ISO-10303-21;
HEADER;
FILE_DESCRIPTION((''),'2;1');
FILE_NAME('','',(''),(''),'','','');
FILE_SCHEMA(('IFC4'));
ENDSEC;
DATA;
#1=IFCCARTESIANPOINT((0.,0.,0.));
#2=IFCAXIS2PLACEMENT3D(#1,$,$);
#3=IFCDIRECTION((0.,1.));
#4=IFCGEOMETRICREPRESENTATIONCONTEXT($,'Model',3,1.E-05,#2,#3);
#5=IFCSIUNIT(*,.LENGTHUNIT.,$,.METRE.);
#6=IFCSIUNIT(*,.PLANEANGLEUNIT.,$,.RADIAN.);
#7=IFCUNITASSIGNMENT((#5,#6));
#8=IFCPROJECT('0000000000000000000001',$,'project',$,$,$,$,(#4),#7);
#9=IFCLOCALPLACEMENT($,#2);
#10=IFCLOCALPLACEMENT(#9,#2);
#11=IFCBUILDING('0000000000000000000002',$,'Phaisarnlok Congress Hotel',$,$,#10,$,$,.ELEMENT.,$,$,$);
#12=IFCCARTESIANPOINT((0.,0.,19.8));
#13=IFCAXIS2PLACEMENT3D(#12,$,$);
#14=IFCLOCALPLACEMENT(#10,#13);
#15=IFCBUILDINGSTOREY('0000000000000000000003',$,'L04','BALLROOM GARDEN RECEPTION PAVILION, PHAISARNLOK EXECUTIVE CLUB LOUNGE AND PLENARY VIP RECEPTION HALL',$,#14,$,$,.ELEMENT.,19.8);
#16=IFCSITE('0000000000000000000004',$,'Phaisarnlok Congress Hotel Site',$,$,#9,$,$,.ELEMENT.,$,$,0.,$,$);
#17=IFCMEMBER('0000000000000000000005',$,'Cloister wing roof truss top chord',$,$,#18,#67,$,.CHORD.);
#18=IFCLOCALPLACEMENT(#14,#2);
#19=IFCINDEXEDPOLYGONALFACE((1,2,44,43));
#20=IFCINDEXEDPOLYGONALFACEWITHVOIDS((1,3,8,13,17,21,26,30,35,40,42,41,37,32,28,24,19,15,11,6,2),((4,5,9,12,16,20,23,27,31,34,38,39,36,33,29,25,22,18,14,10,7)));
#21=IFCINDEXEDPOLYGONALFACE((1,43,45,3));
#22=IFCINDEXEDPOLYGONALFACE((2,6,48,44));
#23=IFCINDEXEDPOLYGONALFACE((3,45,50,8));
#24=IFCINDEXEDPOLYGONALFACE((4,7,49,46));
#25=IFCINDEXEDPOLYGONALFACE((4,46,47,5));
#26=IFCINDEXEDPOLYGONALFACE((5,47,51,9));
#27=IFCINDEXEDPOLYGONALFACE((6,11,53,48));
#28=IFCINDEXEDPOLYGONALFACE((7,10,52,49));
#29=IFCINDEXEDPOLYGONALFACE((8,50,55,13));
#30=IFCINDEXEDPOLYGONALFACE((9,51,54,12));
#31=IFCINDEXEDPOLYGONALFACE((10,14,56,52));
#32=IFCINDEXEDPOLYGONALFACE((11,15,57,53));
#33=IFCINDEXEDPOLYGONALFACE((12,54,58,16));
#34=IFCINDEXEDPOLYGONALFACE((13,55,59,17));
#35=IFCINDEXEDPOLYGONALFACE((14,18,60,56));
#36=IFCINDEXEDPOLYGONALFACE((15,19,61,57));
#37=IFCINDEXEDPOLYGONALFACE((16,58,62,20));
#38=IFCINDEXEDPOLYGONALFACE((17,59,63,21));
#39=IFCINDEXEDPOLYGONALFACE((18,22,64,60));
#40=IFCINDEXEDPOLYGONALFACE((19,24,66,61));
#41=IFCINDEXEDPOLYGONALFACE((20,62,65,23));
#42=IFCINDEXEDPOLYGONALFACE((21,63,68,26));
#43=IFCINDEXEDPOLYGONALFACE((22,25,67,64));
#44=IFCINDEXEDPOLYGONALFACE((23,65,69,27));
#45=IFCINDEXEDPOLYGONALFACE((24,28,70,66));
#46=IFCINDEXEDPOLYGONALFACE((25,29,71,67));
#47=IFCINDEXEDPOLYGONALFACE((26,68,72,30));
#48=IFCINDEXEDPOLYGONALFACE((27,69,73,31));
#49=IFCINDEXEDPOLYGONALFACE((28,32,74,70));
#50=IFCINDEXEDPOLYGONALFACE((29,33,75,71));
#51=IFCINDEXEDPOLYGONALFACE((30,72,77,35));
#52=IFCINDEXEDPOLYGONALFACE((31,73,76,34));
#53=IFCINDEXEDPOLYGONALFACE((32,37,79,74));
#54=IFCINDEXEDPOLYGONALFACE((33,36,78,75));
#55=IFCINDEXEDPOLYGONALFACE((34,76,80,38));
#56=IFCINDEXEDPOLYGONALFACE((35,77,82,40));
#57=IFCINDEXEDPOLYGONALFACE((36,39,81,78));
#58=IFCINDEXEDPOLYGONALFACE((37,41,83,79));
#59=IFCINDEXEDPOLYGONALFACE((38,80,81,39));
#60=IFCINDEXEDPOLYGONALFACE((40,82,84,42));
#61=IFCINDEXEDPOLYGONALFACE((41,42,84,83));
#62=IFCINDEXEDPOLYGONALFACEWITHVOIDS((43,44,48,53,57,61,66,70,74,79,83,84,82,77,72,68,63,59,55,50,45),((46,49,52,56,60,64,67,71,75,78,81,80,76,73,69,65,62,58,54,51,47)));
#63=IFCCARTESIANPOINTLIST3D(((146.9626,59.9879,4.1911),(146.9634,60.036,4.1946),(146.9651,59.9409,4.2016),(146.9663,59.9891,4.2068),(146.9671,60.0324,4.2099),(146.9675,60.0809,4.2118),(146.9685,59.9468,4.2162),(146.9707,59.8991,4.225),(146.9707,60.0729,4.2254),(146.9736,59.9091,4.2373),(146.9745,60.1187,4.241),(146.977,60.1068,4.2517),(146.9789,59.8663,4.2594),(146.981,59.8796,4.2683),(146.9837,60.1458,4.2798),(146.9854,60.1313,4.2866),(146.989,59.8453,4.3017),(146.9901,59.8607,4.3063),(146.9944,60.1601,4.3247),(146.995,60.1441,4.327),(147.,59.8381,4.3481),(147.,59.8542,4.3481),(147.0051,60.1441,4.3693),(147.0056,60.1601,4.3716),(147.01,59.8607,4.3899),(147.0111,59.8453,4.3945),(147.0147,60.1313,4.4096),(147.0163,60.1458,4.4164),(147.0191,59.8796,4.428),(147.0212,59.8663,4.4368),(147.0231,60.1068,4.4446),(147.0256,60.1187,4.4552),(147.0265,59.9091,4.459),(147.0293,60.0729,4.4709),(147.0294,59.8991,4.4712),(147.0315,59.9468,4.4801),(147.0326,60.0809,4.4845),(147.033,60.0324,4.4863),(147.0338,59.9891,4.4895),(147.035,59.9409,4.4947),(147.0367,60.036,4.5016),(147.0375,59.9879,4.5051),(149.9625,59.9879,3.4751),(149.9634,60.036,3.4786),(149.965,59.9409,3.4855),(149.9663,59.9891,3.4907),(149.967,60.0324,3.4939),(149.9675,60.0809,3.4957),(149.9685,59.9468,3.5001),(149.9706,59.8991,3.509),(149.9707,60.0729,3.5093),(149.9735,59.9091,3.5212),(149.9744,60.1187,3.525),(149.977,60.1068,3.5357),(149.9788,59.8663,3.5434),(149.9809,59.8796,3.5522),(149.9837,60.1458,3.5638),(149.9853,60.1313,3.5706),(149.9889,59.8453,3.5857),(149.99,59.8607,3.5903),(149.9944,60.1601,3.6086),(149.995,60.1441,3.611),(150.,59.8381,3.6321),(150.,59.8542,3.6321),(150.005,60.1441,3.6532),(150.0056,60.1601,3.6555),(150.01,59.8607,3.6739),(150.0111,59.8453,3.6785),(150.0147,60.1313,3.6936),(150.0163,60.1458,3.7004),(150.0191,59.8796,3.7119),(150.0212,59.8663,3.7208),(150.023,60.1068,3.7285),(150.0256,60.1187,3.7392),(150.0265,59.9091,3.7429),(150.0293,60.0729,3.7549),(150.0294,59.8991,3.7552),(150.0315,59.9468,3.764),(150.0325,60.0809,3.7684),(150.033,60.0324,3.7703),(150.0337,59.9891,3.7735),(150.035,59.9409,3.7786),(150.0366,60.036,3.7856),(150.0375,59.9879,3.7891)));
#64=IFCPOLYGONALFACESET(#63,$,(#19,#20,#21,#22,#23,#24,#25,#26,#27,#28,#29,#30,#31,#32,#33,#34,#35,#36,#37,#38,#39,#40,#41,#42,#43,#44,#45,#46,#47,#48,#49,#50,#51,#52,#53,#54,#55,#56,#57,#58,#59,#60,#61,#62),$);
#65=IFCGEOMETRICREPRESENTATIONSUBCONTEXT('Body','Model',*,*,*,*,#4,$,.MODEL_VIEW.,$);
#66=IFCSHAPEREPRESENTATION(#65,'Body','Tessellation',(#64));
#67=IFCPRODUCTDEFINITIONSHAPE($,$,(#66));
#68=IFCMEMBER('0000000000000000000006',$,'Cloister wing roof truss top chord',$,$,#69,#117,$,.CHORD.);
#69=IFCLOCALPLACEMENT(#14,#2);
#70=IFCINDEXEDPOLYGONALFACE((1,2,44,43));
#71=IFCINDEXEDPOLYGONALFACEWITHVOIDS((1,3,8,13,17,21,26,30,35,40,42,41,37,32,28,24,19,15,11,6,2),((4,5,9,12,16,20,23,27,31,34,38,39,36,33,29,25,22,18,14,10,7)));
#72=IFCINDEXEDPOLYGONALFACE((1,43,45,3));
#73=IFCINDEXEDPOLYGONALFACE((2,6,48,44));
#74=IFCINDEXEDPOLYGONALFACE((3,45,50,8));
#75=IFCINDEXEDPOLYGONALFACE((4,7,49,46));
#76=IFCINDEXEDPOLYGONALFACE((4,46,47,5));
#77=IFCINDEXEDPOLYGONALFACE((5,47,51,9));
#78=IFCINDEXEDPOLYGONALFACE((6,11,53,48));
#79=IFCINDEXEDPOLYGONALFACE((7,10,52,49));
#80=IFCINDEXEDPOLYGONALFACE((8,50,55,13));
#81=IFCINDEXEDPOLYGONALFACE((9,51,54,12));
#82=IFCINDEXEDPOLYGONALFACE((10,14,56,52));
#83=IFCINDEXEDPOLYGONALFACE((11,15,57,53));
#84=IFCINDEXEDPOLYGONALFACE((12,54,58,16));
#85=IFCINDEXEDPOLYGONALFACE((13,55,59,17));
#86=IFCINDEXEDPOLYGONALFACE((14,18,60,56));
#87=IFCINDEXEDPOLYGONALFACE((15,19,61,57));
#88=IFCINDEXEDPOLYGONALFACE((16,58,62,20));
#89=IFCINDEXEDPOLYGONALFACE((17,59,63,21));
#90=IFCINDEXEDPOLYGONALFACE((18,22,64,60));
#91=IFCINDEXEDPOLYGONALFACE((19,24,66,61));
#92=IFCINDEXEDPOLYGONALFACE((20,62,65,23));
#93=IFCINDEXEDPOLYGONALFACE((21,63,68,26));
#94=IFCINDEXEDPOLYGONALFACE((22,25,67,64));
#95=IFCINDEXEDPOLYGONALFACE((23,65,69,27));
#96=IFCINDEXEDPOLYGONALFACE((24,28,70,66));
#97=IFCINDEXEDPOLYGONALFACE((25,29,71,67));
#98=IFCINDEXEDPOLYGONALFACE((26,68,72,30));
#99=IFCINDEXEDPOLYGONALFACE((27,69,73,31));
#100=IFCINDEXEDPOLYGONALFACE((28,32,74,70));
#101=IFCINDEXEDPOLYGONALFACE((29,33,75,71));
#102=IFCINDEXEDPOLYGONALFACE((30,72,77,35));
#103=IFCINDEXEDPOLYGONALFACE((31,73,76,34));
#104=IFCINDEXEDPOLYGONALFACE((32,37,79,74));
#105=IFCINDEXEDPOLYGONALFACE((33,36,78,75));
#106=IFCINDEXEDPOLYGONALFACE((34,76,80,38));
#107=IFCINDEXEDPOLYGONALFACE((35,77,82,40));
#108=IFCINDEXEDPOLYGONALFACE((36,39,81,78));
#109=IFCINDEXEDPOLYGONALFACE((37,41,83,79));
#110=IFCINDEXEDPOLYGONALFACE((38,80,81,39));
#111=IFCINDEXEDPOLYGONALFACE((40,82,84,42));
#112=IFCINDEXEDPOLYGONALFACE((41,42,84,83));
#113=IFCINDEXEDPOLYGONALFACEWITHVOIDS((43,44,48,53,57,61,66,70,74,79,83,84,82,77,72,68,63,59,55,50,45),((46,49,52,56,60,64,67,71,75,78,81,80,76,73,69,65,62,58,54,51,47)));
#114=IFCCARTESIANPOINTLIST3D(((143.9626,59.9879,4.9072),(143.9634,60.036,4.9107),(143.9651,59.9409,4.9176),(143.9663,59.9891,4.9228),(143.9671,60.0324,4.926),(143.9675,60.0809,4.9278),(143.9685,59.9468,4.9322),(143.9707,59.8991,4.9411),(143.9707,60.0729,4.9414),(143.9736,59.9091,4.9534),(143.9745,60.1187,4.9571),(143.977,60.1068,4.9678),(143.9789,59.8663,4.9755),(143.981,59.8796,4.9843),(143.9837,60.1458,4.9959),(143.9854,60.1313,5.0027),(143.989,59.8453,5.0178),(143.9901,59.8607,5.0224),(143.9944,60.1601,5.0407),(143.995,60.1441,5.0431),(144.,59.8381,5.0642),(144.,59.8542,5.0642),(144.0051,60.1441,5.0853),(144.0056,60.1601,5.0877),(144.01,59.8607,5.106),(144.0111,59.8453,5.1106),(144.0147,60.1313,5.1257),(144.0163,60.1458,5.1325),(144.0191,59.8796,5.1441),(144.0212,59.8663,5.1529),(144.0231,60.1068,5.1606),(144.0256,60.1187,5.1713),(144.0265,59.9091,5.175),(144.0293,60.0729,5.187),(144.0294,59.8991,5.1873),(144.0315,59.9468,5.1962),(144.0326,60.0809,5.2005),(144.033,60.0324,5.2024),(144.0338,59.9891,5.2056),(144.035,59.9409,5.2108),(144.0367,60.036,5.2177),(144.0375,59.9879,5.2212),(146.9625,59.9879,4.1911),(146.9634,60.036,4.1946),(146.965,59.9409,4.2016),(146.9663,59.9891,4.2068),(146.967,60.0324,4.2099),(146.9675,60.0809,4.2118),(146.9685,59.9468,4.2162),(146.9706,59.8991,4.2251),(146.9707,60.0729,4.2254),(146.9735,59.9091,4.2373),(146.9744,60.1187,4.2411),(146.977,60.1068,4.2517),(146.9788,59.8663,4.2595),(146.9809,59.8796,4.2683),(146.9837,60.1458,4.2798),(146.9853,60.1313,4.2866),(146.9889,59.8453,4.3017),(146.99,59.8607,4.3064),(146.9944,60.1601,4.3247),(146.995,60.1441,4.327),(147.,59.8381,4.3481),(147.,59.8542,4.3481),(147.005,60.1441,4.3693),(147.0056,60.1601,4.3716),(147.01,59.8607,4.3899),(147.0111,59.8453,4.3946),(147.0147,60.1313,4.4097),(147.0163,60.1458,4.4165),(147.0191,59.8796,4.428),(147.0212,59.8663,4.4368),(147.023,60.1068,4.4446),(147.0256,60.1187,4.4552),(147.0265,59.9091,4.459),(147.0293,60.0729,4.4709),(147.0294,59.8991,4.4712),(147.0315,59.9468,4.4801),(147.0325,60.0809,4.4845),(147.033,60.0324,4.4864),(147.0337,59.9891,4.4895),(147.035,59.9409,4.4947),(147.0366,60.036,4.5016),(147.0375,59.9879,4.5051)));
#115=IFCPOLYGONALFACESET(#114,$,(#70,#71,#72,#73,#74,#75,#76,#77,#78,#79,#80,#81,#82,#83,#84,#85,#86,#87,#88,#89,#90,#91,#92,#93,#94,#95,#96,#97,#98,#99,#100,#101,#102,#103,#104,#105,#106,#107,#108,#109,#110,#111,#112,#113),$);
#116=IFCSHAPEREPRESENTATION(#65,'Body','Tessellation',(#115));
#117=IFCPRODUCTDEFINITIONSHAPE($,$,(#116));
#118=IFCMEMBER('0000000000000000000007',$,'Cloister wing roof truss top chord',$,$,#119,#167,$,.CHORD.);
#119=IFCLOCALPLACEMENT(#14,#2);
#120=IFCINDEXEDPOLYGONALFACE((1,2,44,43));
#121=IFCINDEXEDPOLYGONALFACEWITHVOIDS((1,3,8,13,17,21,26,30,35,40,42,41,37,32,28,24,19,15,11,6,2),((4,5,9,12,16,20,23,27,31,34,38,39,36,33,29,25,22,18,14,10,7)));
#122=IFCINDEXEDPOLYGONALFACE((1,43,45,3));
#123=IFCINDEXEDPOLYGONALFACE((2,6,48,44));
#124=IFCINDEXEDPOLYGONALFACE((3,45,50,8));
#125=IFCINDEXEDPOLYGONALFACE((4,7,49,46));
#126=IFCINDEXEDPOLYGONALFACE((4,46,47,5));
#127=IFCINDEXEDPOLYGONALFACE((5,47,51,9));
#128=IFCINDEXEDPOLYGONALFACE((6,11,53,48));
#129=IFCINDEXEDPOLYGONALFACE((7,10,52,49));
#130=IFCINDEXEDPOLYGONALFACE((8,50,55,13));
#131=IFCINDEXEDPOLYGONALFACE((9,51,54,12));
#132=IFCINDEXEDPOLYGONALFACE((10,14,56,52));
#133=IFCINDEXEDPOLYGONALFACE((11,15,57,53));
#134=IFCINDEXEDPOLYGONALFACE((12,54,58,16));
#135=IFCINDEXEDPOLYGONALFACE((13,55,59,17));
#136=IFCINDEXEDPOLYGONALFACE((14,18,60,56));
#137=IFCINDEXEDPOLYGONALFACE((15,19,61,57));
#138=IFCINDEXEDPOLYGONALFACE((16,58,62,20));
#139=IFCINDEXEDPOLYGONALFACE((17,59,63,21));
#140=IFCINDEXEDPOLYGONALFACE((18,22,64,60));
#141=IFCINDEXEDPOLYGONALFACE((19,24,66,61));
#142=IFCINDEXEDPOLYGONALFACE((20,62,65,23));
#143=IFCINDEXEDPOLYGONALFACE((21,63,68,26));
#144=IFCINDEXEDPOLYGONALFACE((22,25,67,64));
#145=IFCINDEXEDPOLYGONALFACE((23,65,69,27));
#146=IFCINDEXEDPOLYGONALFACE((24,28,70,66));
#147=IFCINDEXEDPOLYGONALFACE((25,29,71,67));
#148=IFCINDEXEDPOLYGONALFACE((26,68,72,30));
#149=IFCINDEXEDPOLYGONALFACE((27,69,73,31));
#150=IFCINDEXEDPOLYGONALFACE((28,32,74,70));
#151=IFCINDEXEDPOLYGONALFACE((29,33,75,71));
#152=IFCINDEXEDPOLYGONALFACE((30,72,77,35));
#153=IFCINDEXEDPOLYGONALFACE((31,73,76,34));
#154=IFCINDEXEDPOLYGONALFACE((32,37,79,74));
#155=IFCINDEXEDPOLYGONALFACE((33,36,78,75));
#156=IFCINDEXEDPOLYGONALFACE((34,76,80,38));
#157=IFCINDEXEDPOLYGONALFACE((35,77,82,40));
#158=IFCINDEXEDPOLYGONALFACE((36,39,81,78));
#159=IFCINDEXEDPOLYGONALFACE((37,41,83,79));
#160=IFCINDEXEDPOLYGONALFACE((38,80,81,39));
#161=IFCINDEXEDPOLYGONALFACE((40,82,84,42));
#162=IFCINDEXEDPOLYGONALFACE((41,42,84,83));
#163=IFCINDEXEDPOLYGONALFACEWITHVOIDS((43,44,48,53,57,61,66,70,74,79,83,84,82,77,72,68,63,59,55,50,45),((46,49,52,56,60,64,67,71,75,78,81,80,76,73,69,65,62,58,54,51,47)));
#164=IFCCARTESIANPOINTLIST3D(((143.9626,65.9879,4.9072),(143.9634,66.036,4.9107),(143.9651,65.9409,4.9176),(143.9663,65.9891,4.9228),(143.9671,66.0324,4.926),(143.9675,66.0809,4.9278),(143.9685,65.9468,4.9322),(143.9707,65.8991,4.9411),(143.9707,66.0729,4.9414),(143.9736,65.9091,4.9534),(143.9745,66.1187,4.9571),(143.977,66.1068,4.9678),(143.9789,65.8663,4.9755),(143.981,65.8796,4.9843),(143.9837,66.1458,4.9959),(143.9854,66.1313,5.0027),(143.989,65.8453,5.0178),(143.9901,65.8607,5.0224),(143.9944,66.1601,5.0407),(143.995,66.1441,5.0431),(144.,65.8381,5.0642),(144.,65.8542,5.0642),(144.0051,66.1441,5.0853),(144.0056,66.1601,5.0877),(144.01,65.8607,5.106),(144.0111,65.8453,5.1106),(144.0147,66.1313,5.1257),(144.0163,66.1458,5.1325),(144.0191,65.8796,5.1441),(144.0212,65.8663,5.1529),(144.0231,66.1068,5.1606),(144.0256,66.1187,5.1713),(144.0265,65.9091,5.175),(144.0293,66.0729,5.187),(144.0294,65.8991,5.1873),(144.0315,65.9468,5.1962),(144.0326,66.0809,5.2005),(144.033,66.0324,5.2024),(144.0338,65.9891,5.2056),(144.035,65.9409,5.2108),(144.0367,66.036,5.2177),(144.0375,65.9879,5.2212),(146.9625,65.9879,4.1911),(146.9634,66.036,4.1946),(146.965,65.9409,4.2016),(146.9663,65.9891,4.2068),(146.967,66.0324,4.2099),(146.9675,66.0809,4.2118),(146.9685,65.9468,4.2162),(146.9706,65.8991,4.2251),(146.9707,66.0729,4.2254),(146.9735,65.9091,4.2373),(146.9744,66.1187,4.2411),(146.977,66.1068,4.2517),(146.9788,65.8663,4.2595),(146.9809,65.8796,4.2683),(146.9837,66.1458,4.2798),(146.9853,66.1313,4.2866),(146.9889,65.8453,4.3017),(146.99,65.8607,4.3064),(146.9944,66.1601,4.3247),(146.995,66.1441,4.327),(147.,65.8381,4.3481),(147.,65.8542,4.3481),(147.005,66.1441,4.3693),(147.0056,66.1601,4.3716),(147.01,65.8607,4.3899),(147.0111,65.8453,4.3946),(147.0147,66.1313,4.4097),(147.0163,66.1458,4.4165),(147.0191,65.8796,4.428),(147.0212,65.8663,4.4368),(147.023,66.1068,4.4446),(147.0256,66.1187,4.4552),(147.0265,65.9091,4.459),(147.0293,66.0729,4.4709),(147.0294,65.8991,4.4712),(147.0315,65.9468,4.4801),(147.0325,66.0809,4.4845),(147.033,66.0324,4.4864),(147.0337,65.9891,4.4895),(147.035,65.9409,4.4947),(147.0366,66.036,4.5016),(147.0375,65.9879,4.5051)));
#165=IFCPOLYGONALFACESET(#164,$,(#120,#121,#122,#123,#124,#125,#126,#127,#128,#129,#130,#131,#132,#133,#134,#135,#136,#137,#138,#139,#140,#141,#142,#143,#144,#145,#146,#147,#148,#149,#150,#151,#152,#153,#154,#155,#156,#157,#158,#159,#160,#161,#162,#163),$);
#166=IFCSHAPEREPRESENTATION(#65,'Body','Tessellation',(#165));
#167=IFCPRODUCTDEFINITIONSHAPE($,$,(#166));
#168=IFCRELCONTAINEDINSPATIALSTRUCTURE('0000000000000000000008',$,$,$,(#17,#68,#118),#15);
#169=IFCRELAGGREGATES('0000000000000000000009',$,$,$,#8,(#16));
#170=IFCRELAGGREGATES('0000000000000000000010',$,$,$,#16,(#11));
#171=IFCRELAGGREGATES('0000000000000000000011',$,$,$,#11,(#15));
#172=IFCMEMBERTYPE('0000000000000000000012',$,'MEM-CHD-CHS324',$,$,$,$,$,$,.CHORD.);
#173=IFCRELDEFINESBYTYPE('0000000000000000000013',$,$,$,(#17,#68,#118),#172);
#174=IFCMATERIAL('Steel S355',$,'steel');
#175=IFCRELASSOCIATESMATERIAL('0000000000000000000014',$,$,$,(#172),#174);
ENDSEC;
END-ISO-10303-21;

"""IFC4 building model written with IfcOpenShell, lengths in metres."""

from ifc_helpers import new_model, si_unit, direction, frame, origin, origin_2d, place, context, subcontext, project, spatial, hollow_circle, extrude, material, material_profile, profile_set, type_object, element, save


model = new_model("IFC4")

# Units and contexts
model_context = context("Model", 3, precision=1e-05, world=origin(), true_north=direction((0.0, 1.0)))
body_context = subcontext(model_context, "Body", "Model", "MODEL_VIEW")
ifc_project = project(units=[si_unit("LENGTHUNIT", "METRE"), si_unit("PLANEANGLEUNIT", "RADIAN")], contexts=[model_context])

# Site, building, storey
site_placement = place(None, origin())
site = spatial("IfcSite", under=ifc_project, at=site_placement, Name="Phaisarnlok Congress Hotel Site", CompositionType="ELEMENT", RefElevation=0.0)
building_placement = place(site_placement, origin())
building = spatial("IfcBuilding", under=site, at=building_placement, Name="Phaisarnlok Congress Hotel", CompositionType="ELEMENT")
storey_placement = place(building_placement, frame((0.0, 0.0, 19.8)))
storey = spatial("IfcBuildingStorey", under=building, at=storey_placement, Name="L04", Description="BALLROOM GARDEN RECEPTION PAVILION, PHAISARNLOK EXECUTIVE CLUB LOUNGE AND PLENARY VIP RECEPTION HALL", CompositionType="ELEMENT", Elevation=19.8)

# Shared definitions
ifc_material = material(Name="Steel S355", Category="steel")

# Members
ifc_material_profile_1 = material_profile(ifc_material, hollow_circle(Radius=0.1619, WallThickness=0.0161, at=origin_2d()), Name="CHS 323.9x16")
ifc_profile_set_1 = profile_set([ifc_material_profile_1], Name="Steel S355")
member_type_1 = type_object("IfcMemberType", Name="MEM-CHD-CHS324", PredefinedType="CHORD", material=ifc_profile_set_1)
for number, where, z_axis, x_axis, name in (
    (1, (150.0, 60.0, 3.6321), (-0.972676, 0.0, 0.232166), (0.0, -1.0, 0.0), "Cloister wing roof truss top chord"),
    (2, (147.0, 60.0, 4.3481), (-0.972676, 0.0, 0.232166), (0.0, -1.0, 0.0), "Cloister wing roof truss top chord"),
    (3, (147.0, 66.0, 4.3481), (-0.972676, 0.0, 0.232166), (0.0, -1.0, 0.0), "Cloister wing roof truss top chord"),
):
    element("IfcMember", number, at=place(storey_placement, frame(where, z_axis=z_axis, x_axis=x_axis)), inside=storey, type_object=member_type_1, Name=name, PredefinedType="CHORD", context=body_context, shape_type="SweptSolid", body=[
        extrude(hollow_circle(Radius=0.1619, WallThickness=0.0161, at=origin_2d()), origin(), (0.0, 0.0, 1.0), 3.0842),
    ])

save(model, "model.ifc")
